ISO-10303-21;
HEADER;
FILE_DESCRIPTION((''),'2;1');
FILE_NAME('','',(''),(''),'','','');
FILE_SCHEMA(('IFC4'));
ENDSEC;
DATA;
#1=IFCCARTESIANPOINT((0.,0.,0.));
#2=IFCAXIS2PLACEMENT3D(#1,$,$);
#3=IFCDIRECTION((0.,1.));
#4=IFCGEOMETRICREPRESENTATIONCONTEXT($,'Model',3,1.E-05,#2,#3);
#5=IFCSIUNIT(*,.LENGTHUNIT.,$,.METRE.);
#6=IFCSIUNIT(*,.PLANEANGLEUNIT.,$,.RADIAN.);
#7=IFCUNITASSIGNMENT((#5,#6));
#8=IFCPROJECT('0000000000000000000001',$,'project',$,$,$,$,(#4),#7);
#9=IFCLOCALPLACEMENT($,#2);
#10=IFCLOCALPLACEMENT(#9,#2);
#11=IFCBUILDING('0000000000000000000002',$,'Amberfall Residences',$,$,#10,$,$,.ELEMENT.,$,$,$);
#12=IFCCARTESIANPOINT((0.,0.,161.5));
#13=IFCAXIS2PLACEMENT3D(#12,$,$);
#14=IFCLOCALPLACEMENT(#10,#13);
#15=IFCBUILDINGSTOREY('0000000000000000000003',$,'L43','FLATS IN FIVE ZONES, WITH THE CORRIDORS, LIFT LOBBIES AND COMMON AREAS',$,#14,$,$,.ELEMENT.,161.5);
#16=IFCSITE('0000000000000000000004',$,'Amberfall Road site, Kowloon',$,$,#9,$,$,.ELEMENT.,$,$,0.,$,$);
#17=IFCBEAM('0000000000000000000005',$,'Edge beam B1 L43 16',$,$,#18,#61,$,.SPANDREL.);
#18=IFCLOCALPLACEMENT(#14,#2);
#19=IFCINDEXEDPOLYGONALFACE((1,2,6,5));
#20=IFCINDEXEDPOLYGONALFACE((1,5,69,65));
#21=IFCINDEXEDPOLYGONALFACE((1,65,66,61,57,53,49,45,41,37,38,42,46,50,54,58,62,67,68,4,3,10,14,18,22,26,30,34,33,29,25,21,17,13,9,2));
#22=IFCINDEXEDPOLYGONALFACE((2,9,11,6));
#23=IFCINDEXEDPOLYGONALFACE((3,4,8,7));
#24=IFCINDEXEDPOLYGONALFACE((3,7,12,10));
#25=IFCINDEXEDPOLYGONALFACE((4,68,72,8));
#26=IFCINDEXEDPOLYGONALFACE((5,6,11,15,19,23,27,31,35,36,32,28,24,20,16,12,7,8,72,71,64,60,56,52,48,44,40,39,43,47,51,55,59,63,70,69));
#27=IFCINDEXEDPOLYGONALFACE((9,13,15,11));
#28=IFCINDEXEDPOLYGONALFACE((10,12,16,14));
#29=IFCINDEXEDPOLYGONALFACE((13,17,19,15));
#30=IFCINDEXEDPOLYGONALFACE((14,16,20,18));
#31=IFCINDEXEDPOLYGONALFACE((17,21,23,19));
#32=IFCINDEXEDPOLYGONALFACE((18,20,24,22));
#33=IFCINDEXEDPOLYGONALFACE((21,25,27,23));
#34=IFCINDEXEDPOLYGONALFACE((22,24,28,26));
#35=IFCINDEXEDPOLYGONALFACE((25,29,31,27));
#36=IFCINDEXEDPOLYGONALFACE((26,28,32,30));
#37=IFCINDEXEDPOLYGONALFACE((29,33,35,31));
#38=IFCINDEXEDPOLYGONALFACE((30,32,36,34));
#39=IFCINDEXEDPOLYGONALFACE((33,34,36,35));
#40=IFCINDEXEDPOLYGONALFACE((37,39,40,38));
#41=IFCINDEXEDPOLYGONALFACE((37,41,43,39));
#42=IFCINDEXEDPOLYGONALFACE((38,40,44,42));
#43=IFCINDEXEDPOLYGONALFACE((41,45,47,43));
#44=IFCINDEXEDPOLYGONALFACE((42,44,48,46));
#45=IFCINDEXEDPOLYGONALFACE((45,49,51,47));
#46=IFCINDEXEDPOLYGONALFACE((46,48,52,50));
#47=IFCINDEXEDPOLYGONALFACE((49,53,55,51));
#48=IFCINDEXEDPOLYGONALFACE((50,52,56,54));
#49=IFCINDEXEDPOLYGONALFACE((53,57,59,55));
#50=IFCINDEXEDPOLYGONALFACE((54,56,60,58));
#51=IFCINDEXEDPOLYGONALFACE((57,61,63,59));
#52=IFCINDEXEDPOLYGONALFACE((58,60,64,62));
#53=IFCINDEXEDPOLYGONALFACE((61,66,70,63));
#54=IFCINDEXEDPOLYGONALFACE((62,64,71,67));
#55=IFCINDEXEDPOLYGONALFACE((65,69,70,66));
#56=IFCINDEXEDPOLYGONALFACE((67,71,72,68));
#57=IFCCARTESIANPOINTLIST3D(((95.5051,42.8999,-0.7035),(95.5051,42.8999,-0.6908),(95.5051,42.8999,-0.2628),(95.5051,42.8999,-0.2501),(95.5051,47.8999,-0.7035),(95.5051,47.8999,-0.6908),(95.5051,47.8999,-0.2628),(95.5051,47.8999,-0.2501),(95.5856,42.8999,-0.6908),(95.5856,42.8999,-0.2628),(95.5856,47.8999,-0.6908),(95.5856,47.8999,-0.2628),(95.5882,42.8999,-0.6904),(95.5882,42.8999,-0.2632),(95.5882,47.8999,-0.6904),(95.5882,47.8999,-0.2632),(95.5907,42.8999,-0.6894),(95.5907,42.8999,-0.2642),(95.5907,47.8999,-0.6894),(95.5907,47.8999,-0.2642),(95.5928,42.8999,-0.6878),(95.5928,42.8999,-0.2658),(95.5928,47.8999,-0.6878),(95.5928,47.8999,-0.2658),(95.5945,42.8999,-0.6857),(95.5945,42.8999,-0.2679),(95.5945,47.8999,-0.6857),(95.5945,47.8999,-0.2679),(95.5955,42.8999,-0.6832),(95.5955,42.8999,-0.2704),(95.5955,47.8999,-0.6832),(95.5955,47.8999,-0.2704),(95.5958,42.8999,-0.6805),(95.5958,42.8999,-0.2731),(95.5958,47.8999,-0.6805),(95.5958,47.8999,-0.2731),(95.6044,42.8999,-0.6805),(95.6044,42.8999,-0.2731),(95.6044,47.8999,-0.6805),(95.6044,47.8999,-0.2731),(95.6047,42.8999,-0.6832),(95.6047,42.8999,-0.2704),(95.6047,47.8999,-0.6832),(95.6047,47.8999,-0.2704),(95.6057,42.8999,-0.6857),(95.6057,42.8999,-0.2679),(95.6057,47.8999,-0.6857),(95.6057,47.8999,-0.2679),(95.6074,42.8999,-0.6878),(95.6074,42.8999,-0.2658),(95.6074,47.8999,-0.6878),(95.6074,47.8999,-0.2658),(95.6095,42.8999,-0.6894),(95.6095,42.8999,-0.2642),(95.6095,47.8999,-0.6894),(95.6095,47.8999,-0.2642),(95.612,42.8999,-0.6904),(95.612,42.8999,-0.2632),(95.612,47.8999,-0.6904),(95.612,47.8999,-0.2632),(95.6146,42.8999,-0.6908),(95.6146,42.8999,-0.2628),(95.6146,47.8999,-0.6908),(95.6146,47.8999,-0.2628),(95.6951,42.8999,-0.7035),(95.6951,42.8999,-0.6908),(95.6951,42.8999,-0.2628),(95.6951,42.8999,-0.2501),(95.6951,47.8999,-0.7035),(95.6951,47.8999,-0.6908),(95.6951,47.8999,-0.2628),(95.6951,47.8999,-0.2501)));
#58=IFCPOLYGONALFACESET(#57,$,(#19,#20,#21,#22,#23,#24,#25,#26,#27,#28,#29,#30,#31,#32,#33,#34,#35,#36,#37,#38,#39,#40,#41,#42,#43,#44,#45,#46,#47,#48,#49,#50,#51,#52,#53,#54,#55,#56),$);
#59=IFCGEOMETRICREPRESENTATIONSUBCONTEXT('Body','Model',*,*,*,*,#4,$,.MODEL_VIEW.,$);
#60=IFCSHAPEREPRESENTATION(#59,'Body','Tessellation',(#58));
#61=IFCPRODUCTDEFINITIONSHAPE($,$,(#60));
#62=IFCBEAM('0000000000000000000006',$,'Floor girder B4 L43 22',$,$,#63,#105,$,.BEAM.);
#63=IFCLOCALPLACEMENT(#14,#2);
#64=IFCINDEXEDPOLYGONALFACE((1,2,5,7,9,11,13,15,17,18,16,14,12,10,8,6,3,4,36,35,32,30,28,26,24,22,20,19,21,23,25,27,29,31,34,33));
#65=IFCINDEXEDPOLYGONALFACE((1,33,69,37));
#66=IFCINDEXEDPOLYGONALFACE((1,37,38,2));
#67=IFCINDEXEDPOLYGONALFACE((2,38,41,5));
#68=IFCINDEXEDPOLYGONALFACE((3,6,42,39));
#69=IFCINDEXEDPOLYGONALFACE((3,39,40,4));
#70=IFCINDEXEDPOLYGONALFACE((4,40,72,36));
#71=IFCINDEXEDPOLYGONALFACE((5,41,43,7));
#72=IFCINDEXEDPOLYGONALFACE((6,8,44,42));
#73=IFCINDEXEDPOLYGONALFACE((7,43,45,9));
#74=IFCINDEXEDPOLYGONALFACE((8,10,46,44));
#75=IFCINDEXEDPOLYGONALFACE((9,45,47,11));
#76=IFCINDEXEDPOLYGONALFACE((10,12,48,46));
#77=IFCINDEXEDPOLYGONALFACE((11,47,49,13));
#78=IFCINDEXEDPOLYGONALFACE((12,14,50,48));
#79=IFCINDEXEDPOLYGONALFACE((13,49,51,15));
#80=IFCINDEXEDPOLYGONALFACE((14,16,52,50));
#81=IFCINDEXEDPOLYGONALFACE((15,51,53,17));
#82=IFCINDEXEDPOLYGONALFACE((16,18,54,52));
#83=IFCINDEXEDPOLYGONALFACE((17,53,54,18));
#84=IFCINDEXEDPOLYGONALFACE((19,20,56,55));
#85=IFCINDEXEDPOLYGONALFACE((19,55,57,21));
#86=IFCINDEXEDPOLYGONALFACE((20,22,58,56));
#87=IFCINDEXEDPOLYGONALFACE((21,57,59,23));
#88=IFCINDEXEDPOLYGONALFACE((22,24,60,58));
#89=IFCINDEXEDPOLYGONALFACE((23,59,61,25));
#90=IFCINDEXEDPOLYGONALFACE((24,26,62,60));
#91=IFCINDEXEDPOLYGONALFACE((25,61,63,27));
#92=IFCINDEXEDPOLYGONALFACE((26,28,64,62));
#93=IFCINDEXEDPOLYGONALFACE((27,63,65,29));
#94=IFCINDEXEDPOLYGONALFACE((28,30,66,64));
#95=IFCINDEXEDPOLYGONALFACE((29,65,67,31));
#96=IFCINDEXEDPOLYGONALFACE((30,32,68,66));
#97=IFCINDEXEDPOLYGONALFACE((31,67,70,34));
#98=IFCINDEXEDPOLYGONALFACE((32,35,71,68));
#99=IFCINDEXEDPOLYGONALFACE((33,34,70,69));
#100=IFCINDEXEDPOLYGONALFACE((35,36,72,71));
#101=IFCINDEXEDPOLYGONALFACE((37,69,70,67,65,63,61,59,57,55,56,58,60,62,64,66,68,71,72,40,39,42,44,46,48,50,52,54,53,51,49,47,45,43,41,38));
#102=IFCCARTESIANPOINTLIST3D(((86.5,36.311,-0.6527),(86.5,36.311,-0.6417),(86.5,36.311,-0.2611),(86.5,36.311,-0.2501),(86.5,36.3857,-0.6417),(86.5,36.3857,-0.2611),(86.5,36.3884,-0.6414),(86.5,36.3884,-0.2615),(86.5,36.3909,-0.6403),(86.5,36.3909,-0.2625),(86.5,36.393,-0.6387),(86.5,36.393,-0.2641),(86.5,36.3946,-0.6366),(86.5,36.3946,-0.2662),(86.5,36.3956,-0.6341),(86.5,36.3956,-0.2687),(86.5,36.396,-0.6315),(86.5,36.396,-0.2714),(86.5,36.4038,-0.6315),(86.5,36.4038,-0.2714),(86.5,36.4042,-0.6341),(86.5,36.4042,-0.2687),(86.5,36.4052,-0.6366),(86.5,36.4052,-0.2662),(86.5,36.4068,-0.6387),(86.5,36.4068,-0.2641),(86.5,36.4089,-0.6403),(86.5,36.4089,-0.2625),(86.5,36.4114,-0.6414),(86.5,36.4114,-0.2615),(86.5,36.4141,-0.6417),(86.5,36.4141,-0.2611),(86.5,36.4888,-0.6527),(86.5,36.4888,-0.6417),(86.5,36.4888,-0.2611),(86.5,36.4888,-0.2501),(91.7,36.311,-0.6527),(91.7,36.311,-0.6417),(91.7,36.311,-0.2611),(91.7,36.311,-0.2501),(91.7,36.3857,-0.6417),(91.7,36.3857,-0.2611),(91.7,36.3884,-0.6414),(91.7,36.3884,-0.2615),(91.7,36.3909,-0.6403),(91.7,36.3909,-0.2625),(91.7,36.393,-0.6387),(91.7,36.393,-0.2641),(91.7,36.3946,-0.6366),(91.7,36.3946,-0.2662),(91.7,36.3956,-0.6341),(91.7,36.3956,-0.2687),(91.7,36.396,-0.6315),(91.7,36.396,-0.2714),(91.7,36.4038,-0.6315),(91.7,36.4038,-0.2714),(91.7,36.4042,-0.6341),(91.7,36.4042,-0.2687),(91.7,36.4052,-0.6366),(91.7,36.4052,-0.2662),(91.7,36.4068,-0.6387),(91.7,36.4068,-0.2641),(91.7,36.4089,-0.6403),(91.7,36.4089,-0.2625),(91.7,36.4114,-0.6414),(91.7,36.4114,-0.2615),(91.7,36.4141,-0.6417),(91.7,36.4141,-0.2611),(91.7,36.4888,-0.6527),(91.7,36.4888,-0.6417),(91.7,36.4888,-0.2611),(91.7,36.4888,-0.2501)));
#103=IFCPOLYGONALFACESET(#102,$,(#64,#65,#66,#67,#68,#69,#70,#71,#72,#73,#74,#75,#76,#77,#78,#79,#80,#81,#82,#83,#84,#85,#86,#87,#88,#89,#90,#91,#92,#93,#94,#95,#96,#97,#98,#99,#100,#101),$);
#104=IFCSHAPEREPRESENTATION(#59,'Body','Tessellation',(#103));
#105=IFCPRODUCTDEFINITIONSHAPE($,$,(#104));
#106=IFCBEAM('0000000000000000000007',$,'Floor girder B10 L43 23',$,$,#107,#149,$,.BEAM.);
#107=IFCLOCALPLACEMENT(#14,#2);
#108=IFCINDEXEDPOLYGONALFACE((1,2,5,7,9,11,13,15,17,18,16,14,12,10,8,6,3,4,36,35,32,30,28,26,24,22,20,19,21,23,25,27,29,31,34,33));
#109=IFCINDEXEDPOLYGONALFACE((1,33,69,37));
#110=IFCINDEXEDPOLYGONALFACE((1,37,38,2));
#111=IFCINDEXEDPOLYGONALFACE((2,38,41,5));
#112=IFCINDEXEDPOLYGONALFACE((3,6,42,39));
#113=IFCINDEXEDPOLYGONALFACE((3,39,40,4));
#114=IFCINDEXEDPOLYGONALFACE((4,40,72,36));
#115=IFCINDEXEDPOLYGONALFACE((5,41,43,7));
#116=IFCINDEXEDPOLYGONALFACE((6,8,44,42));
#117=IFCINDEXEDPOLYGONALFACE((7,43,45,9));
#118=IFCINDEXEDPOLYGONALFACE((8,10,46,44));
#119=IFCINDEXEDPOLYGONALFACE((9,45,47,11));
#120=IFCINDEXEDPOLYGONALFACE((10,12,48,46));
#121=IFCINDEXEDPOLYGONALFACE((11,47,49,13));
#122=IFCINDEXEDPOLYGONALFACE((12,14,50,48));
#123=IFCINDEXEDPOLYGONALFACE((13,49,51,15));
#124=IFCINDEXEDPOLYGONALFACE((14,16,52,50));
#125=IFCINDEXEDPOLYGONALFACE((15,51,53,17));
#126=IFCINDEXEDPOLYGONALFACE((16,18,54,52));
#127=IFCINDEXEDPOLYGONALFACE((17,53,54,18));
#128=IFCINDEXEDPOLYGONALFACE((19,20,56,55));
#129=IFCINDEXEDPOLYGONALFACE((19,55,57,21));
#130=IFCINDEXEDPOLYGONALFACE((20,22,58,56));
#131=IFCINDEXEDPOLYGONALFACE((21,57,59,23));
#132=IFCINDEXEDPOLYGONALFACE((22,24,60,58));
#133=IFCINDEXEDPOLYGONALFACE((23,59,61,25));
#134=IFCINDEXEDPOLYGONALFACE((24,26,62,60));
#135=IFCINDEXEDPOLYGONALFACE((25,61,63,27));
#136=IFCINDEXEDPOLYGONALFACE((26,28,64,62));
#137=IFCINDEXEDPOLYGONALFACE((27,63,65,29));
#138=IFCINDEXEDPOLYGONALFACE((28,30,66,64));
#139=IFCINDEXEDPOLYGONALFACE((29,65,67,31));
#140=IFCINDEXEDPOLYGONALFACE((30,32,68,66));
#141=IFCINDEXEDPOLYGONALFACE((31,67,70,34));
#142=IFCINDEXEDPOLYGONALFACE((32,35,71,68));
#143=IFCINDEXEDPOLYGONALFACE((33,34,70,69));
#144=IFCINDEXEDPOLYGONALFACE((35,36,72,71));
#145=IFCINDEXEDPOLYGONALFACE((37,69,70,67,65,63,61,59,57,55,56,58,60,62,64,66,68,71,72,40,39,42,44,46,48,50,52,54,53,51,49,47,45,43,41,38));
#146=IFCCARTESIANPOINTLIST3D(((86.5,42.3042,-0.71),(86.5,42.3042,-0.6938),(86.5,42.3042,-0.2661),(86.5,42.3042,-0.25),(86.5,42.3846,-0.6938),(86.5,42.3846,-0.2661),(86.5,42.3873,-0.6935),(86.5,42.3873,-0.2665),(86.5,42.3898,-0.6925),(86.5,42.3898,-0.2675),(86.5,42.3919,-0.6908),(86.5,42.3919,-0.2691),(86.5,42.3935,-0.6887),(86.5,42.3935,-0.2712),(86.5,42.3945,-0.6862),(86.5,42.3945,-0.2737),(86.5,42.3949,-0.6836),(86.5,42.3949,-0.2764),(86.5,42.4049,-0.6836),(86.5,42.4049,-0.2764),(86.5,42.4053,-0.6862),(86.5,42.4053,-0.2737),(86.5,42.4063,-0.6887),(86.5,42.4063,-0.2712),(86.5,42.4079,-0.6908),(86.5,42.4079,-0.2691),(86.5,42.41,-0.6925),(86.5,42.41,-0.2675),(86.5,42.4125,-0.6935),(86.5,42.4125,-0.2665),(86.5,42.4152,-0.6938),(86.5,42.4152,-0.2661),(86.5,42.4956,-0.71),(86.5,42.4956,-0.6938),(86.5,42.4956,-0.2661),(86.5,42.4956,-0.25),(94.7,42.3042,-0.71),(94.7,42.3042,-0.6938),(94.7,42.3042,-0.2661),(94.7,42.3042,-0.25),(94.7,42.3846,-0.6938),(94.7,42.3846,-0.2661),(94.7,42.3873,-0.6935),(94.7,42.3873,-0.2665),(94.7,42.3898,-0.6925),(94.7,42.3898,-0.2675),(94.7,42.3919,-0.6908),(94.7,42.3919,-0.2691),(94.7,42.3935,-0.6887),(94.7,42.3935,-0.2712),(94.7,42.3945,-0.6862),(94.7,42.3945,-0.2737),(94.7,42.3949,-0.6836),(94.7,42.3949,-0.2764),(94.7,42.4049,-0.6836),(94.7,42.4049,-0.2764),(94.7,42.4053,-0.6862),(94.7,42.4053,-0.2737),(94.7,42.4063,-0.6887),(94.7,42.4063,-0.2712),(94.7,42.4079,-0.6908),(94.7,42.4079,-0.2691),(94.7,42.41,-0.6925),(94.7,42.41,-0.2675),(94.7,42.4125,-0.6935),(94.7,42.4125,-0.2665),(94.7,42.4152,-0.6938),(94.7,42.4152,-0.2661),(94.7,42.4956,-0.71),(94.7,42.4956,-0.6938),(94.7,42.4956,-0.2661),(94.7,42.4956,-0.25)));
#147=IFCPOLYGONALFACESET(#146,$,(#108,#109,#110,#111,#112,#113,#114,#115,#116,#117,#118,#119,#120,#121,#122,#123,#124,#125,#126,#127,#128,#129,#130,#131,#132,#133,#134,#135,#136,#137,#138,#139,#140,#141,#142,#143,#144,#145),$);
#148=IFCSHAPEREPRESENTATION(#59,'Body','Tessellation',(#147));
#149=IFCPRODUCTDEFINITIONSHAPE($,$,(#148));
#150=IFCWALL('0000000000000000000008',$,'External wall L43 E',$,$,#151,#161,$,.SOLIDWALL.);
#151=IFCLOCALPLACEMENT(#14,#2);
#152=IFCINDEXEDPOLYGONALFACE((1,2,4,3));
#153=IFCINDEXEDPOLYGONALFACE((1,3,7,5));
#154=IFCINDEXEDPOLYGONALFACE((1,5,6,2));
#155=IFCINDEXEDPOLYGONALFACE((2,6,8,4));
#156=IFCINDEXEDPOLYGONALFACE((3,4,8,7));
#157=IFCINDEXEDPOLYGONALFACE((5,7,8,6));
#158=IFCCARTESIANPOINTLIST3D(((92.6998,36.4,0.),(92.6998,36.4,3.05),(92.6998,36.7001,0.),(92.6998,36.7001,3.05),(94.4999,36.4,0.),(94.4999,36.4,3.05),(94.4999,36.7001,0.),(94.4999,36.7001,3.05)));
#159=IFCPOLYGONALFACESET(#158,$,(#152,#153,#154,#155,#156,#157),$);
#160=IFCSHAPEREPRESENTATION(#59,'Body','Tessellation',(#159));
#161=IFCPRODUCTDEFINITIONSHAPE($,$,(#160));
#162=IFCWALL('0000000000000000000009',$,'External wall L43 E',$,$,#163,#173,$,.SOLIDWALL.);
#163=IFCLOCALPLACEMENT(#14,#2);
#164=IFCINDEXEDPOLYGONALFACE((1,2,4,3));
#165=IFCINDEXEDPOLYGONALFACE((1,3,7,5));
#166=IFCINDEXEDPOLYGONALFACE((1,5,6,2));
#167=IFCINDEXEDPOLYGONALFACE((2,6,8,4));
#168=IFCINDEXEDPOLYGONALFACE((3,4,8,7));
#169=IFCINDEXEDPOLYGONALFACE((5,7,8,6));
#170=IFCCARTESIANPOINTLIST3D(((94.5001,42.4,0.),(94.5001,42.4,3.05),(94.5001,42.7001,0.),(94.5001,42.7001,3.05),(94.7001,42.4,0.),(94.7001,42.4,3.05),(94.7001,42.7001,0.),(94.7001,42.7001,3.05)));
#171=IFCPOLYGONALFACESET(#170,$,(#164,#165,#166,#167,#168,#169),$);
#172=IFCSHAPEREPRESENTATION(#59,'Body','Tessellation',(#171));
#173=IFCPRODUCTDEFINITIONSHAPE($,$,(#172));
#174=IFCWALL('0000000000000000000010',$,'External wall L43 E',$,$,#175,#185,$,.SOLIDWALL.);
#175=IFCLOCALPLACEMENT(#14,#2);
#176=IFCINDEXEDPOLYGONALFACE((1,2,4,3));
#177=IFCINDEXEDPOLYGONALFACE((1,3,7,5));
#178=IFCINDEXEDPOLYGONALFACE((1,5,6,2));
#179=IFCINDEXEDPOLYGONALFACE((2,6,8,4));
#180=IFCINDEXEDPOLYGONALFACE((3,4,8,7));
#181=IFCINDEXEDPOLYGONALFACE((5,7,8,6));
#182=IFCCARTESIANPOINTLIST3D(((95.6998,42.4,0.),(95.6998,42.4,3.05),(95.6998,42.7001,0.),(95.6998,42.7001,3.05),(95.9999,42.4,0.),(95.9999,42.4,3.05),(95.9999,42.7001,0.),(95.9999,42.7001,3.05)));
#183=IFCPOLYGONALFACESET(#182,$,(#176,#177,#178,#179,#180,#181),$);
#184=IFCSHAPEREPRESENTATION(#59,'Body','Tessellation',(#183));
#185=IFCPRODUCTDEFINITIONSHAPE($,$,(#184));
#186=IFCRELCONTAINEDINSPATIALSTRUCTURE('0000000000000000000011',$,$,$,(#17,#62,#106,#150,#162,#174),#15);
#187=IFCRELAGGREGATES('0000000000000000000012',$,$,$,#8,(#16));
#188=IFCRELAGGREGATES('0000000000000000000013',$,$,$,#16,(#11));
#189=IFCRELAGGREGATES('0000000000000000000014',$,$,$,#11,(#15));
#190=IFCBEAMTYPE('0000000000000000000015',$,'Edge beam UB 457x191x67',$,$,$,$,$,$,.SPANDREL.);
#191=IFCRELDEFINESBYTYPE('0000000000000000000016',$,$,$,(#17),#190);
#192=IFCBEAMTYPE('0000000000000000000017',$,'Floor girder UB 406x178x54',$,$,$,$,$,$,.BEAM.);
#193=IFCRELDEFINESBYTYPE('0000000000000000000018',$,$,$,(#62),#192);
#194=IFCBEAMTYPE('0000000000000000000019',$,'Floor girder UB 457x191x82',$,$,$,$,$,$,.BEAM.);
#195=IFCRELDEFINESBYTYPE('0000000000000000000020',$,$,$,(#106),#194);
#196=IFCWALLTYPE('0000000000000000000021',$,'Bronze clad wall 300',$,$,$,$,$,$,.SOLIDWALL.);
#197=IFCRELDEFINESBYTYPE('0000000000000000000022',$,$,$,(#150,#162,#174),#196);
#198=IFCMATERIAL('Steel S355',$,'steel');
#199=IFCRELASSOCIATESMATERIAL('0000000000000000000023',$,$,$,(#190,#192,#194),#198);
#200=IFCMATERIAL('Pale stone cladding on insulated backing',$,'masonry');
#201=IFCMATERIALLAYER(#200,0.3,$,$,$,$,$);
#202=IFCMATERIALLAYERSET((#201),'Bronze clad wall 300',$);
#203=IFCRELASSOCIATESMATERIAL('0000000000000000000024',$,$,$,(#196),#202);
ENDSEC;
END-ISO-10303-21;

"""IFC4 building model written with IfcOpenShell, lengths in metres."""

from ifc_helpers import new_model, si_unit, direction, frame, frame_2d, origin, origin_2d, place, context, subcontext, project, spatial, rectangle, i_section, extrude, material, layer, layer_set, material_profile, profile_set, type_object, element, save


model = new_model("IFC4")

# Units and contexts
model_context = context("Model", 3, precision=1e-05, world=origin(), true_north=direction((0.0, 1.0)))
body_context = subcontext(model_context, "Body", "Model", "MODEL_VIEW")
ifc_project = project(units=[si_unit("LENGTHUNIT", "METRE"), si_unit("PLANEANGLEUNIT", "RADIAN")], contexts=[model_context])

# Site, building, storey
site_placement = place(None, origin())
site = spatial("IfcSite", under=ifc_project, at=site_placement, Name="Amberfall Road site, Kowloon", CompositionType="ELEMENT", RefElevation=0.0)
building_placement = place(site_placement, origin())
building = spatial("IfcBuilding", under=site, at=building_placement, Name="Amberfall Residences", CompositionType="ELEMENT")
storey_placement = place(building_placement, frame((0.0, 0.0, 161.5)))
storey = spatial("IfcBuildingStorey", under=building, at=storey_placement, Name="L43", Description="FLATS IN FIVE ZONES, WITH THE CORRIDORS, LIFT LOBBIES AND COMMON AREAS", CompositionType="ELEMENT", Elevation=161.5)

# Beams
ifc_material_1 = material(Name="Steel S355", Category="steel")
ifc_material_profile_1 = material_profile(ifc_material_1, i_section(OverallWidth=0.1899, OverallDepth=0.4534, WebThickness=0.0085, FlangeThickness=0.0127, FilletRadius=0.0103, at=origin_2d()), Name="UB 457x191x67")
ifc_profile_set_1 = profile_set([ifc_material_profile_1], Name="Steel S355")
beam_type_1 = type_object("IfcBeamType", Name="Edge beam UB 457x191x67", PredefinedType="SPANDREL", material=ifc_profile_set_1)
beam_1_placement = place(storey_placement, frame((95.6001, 42.8999, -0.4768), z_axis=(0.0, 1.0, 0.0), x_axis=(-1.0, 0.0, 0.0)))
element("IfcBeam", 1, at=beam_1_placement, inside=storey, type_object=beam_type_1, Name="Edge beam B1 L43 16", PredefinedType="SPANDREL", context=body_context, shape_type="SweptSolid", body=[
    extrude(i_section(OverallWidth=0.1899, OverallDepth=0.4534, WebThickness=0.0085, FlangeThickness=0.0127, FilletRadius=0.0103, at=origin_2d()), origin(), (0.0, 0.0, 1.0), 5.0),
])
ifc_material_profile_2 = material_profile(ifc_material_1, i_section(OverallWidth=0.1777, OverallDepth=0.4026, WebThickness=0.0078, FlangeThickness=0.011, FilletRadius=0.0103, at=origin_2d()), Name="UB 406x178x54")
ifc_profile_set_2 = profile_set([ifc_material_profile_2], Name="Steel S355")
beam_type_2 = type_object("IfcBeamType", Name="Floor girder UB 406x178x54", PredefinedType="BEAM", material=ifc_profile_set_2)
beam_2_placement = place(storey_placement, frame((91.7, 36.3999, -0.4514), z_axis=(-1.0, 0.0, 0.0), x_axis=(0.0, -1.0, 0.0)))
element("IfcBeam", 2, at=beam_2_placement, inside=storey, type_object=beam_type_2, Name="Floor girder B4 L43 22", PredefinedType="BEAM", context=body_context, shape_type="SweptSolid", body=[
    extrude(i_section(OverallWidth=0.1777, OverallDepth=0.4026, WebThickness=0.0078, FlangeThickness=0.011, FilletRadius=0.0103, at=origin_2d()), origin(), (0.0, 0.0, 1.0), 5.2),
])
ifc_material_profile_3 = material_profile(ifc_material_1, i_section(OverallWidth=0.1914, OverallDepth=0.46, WebThickness=0.01, FlangeThickness=0.0161, FilletRadius=0.0103, at=origin_2d()), Name="UB 457x191x82")
ifc_profile_set_3 = profile_set([ifc_material_profile_3], Name="Steel S355")
beam_type_3 = type_object("IfcBeamType", Name="Floor girder UB 457x191x82", PredefinedType="BEAM", material=ifc_profile_set_3)
beam_3_placement = place(storey_placement, frame((94.7, 42.3999, -0.48), z_axis=(-1.0, 0.0, 0.0), x_axis=(0.0, -1.0, 0.0)))
element("IfcBeam", 3, at=beam_3_placement, inside=storey, type_object=beam_type_3, Name="Floor girder B10 L43 23", PredefinedType="BEAM", context=body_context, shape_type="SweptSolid", body=[
    extrude(i_section(OverallWidth=0.1914, OverallDepth=0.46, WebThickness=0.01, FlangeThickness=0.0161, FilletRadius=0.0103, at=origin_2d()), origin(), (0.0, 0.0, 1.0), 8.2),
])

# Walls
ifc_material_2 = material(Name="Pale stone cladding on insulated backing", Category="masonry")
ifc_layer_1 = layer(ifc_material_2, 0.3)
ifc_layer_set_1 = layer_set([ifc_layer_1], Name="Bronze clad wall 300")
wall_type_1 = type_object("IfcWallType", Name="Bronze clad wall 300", PredefinedType="SOLIDWALL", material=ifc_layer_set_1)
wall_1_placement = place(storey_placement, frame((92.7, 36.55, 0.0), z_axis=(0.0, 0.0, 1.0), x_axis=(1.0, 0.0, 0.0)))
element("IfcWall", 4, at=wall_1_placement, inside=storey, type_object=wall_type_1, Name="External wall L43 E", PredefinedType="SOLIDWALL", context=body_context, shape_type="SweptSolid", body=[
    extrude(rectangle(XDim=1.8, YDim=0.3, at=frame_2d((0.8999, 0.0))), origin(), (0.0, 0.0, 1.0), 3.05),
])
wall_2_placement = place(storey_placement, frame((94.5, 42.55, 0.0), z_axis=(0.0, 0.0, 1.0), x_axis=(1.0, 0.0, 0.0)))
element("IfcWall", 5, at=wall_2_placement, inside=storey, type_object=wall_type_1, Name="External wall L43 E", PredefinedType="SOLIDWALL", context=body_context, shape_type="SweptSolid", body=[
    extrude(rectangle(XDim=0.2, YDim=0.3, at=frame_2d((0.1001, 0.0))), origin(), (0.0, 0.0, 1.0), 3.05),
])
wall_3_placement = place(storey_placement, frame((95.7, 42.55, 0.0), z_axis=(0.0, 0.0, 1.0), x_axis=(1.0, 0.0, 0.0)))
element("IfcWall", 6, at=wall_3_placement, inside=storey, type_object=wall_type_1, Name="External wall L43 E", PredefinedType="SOLIDWALL", context=body_context, shape_type="SweptSolid", body=[
    extrude(rectangle(XDim=0.3, YDim=0.3, at=frame_2d((0.1499, 0.0))), origin(), (0.0, 0.0, 1.0), 3.05),
])

save(model, "model.ifc")
